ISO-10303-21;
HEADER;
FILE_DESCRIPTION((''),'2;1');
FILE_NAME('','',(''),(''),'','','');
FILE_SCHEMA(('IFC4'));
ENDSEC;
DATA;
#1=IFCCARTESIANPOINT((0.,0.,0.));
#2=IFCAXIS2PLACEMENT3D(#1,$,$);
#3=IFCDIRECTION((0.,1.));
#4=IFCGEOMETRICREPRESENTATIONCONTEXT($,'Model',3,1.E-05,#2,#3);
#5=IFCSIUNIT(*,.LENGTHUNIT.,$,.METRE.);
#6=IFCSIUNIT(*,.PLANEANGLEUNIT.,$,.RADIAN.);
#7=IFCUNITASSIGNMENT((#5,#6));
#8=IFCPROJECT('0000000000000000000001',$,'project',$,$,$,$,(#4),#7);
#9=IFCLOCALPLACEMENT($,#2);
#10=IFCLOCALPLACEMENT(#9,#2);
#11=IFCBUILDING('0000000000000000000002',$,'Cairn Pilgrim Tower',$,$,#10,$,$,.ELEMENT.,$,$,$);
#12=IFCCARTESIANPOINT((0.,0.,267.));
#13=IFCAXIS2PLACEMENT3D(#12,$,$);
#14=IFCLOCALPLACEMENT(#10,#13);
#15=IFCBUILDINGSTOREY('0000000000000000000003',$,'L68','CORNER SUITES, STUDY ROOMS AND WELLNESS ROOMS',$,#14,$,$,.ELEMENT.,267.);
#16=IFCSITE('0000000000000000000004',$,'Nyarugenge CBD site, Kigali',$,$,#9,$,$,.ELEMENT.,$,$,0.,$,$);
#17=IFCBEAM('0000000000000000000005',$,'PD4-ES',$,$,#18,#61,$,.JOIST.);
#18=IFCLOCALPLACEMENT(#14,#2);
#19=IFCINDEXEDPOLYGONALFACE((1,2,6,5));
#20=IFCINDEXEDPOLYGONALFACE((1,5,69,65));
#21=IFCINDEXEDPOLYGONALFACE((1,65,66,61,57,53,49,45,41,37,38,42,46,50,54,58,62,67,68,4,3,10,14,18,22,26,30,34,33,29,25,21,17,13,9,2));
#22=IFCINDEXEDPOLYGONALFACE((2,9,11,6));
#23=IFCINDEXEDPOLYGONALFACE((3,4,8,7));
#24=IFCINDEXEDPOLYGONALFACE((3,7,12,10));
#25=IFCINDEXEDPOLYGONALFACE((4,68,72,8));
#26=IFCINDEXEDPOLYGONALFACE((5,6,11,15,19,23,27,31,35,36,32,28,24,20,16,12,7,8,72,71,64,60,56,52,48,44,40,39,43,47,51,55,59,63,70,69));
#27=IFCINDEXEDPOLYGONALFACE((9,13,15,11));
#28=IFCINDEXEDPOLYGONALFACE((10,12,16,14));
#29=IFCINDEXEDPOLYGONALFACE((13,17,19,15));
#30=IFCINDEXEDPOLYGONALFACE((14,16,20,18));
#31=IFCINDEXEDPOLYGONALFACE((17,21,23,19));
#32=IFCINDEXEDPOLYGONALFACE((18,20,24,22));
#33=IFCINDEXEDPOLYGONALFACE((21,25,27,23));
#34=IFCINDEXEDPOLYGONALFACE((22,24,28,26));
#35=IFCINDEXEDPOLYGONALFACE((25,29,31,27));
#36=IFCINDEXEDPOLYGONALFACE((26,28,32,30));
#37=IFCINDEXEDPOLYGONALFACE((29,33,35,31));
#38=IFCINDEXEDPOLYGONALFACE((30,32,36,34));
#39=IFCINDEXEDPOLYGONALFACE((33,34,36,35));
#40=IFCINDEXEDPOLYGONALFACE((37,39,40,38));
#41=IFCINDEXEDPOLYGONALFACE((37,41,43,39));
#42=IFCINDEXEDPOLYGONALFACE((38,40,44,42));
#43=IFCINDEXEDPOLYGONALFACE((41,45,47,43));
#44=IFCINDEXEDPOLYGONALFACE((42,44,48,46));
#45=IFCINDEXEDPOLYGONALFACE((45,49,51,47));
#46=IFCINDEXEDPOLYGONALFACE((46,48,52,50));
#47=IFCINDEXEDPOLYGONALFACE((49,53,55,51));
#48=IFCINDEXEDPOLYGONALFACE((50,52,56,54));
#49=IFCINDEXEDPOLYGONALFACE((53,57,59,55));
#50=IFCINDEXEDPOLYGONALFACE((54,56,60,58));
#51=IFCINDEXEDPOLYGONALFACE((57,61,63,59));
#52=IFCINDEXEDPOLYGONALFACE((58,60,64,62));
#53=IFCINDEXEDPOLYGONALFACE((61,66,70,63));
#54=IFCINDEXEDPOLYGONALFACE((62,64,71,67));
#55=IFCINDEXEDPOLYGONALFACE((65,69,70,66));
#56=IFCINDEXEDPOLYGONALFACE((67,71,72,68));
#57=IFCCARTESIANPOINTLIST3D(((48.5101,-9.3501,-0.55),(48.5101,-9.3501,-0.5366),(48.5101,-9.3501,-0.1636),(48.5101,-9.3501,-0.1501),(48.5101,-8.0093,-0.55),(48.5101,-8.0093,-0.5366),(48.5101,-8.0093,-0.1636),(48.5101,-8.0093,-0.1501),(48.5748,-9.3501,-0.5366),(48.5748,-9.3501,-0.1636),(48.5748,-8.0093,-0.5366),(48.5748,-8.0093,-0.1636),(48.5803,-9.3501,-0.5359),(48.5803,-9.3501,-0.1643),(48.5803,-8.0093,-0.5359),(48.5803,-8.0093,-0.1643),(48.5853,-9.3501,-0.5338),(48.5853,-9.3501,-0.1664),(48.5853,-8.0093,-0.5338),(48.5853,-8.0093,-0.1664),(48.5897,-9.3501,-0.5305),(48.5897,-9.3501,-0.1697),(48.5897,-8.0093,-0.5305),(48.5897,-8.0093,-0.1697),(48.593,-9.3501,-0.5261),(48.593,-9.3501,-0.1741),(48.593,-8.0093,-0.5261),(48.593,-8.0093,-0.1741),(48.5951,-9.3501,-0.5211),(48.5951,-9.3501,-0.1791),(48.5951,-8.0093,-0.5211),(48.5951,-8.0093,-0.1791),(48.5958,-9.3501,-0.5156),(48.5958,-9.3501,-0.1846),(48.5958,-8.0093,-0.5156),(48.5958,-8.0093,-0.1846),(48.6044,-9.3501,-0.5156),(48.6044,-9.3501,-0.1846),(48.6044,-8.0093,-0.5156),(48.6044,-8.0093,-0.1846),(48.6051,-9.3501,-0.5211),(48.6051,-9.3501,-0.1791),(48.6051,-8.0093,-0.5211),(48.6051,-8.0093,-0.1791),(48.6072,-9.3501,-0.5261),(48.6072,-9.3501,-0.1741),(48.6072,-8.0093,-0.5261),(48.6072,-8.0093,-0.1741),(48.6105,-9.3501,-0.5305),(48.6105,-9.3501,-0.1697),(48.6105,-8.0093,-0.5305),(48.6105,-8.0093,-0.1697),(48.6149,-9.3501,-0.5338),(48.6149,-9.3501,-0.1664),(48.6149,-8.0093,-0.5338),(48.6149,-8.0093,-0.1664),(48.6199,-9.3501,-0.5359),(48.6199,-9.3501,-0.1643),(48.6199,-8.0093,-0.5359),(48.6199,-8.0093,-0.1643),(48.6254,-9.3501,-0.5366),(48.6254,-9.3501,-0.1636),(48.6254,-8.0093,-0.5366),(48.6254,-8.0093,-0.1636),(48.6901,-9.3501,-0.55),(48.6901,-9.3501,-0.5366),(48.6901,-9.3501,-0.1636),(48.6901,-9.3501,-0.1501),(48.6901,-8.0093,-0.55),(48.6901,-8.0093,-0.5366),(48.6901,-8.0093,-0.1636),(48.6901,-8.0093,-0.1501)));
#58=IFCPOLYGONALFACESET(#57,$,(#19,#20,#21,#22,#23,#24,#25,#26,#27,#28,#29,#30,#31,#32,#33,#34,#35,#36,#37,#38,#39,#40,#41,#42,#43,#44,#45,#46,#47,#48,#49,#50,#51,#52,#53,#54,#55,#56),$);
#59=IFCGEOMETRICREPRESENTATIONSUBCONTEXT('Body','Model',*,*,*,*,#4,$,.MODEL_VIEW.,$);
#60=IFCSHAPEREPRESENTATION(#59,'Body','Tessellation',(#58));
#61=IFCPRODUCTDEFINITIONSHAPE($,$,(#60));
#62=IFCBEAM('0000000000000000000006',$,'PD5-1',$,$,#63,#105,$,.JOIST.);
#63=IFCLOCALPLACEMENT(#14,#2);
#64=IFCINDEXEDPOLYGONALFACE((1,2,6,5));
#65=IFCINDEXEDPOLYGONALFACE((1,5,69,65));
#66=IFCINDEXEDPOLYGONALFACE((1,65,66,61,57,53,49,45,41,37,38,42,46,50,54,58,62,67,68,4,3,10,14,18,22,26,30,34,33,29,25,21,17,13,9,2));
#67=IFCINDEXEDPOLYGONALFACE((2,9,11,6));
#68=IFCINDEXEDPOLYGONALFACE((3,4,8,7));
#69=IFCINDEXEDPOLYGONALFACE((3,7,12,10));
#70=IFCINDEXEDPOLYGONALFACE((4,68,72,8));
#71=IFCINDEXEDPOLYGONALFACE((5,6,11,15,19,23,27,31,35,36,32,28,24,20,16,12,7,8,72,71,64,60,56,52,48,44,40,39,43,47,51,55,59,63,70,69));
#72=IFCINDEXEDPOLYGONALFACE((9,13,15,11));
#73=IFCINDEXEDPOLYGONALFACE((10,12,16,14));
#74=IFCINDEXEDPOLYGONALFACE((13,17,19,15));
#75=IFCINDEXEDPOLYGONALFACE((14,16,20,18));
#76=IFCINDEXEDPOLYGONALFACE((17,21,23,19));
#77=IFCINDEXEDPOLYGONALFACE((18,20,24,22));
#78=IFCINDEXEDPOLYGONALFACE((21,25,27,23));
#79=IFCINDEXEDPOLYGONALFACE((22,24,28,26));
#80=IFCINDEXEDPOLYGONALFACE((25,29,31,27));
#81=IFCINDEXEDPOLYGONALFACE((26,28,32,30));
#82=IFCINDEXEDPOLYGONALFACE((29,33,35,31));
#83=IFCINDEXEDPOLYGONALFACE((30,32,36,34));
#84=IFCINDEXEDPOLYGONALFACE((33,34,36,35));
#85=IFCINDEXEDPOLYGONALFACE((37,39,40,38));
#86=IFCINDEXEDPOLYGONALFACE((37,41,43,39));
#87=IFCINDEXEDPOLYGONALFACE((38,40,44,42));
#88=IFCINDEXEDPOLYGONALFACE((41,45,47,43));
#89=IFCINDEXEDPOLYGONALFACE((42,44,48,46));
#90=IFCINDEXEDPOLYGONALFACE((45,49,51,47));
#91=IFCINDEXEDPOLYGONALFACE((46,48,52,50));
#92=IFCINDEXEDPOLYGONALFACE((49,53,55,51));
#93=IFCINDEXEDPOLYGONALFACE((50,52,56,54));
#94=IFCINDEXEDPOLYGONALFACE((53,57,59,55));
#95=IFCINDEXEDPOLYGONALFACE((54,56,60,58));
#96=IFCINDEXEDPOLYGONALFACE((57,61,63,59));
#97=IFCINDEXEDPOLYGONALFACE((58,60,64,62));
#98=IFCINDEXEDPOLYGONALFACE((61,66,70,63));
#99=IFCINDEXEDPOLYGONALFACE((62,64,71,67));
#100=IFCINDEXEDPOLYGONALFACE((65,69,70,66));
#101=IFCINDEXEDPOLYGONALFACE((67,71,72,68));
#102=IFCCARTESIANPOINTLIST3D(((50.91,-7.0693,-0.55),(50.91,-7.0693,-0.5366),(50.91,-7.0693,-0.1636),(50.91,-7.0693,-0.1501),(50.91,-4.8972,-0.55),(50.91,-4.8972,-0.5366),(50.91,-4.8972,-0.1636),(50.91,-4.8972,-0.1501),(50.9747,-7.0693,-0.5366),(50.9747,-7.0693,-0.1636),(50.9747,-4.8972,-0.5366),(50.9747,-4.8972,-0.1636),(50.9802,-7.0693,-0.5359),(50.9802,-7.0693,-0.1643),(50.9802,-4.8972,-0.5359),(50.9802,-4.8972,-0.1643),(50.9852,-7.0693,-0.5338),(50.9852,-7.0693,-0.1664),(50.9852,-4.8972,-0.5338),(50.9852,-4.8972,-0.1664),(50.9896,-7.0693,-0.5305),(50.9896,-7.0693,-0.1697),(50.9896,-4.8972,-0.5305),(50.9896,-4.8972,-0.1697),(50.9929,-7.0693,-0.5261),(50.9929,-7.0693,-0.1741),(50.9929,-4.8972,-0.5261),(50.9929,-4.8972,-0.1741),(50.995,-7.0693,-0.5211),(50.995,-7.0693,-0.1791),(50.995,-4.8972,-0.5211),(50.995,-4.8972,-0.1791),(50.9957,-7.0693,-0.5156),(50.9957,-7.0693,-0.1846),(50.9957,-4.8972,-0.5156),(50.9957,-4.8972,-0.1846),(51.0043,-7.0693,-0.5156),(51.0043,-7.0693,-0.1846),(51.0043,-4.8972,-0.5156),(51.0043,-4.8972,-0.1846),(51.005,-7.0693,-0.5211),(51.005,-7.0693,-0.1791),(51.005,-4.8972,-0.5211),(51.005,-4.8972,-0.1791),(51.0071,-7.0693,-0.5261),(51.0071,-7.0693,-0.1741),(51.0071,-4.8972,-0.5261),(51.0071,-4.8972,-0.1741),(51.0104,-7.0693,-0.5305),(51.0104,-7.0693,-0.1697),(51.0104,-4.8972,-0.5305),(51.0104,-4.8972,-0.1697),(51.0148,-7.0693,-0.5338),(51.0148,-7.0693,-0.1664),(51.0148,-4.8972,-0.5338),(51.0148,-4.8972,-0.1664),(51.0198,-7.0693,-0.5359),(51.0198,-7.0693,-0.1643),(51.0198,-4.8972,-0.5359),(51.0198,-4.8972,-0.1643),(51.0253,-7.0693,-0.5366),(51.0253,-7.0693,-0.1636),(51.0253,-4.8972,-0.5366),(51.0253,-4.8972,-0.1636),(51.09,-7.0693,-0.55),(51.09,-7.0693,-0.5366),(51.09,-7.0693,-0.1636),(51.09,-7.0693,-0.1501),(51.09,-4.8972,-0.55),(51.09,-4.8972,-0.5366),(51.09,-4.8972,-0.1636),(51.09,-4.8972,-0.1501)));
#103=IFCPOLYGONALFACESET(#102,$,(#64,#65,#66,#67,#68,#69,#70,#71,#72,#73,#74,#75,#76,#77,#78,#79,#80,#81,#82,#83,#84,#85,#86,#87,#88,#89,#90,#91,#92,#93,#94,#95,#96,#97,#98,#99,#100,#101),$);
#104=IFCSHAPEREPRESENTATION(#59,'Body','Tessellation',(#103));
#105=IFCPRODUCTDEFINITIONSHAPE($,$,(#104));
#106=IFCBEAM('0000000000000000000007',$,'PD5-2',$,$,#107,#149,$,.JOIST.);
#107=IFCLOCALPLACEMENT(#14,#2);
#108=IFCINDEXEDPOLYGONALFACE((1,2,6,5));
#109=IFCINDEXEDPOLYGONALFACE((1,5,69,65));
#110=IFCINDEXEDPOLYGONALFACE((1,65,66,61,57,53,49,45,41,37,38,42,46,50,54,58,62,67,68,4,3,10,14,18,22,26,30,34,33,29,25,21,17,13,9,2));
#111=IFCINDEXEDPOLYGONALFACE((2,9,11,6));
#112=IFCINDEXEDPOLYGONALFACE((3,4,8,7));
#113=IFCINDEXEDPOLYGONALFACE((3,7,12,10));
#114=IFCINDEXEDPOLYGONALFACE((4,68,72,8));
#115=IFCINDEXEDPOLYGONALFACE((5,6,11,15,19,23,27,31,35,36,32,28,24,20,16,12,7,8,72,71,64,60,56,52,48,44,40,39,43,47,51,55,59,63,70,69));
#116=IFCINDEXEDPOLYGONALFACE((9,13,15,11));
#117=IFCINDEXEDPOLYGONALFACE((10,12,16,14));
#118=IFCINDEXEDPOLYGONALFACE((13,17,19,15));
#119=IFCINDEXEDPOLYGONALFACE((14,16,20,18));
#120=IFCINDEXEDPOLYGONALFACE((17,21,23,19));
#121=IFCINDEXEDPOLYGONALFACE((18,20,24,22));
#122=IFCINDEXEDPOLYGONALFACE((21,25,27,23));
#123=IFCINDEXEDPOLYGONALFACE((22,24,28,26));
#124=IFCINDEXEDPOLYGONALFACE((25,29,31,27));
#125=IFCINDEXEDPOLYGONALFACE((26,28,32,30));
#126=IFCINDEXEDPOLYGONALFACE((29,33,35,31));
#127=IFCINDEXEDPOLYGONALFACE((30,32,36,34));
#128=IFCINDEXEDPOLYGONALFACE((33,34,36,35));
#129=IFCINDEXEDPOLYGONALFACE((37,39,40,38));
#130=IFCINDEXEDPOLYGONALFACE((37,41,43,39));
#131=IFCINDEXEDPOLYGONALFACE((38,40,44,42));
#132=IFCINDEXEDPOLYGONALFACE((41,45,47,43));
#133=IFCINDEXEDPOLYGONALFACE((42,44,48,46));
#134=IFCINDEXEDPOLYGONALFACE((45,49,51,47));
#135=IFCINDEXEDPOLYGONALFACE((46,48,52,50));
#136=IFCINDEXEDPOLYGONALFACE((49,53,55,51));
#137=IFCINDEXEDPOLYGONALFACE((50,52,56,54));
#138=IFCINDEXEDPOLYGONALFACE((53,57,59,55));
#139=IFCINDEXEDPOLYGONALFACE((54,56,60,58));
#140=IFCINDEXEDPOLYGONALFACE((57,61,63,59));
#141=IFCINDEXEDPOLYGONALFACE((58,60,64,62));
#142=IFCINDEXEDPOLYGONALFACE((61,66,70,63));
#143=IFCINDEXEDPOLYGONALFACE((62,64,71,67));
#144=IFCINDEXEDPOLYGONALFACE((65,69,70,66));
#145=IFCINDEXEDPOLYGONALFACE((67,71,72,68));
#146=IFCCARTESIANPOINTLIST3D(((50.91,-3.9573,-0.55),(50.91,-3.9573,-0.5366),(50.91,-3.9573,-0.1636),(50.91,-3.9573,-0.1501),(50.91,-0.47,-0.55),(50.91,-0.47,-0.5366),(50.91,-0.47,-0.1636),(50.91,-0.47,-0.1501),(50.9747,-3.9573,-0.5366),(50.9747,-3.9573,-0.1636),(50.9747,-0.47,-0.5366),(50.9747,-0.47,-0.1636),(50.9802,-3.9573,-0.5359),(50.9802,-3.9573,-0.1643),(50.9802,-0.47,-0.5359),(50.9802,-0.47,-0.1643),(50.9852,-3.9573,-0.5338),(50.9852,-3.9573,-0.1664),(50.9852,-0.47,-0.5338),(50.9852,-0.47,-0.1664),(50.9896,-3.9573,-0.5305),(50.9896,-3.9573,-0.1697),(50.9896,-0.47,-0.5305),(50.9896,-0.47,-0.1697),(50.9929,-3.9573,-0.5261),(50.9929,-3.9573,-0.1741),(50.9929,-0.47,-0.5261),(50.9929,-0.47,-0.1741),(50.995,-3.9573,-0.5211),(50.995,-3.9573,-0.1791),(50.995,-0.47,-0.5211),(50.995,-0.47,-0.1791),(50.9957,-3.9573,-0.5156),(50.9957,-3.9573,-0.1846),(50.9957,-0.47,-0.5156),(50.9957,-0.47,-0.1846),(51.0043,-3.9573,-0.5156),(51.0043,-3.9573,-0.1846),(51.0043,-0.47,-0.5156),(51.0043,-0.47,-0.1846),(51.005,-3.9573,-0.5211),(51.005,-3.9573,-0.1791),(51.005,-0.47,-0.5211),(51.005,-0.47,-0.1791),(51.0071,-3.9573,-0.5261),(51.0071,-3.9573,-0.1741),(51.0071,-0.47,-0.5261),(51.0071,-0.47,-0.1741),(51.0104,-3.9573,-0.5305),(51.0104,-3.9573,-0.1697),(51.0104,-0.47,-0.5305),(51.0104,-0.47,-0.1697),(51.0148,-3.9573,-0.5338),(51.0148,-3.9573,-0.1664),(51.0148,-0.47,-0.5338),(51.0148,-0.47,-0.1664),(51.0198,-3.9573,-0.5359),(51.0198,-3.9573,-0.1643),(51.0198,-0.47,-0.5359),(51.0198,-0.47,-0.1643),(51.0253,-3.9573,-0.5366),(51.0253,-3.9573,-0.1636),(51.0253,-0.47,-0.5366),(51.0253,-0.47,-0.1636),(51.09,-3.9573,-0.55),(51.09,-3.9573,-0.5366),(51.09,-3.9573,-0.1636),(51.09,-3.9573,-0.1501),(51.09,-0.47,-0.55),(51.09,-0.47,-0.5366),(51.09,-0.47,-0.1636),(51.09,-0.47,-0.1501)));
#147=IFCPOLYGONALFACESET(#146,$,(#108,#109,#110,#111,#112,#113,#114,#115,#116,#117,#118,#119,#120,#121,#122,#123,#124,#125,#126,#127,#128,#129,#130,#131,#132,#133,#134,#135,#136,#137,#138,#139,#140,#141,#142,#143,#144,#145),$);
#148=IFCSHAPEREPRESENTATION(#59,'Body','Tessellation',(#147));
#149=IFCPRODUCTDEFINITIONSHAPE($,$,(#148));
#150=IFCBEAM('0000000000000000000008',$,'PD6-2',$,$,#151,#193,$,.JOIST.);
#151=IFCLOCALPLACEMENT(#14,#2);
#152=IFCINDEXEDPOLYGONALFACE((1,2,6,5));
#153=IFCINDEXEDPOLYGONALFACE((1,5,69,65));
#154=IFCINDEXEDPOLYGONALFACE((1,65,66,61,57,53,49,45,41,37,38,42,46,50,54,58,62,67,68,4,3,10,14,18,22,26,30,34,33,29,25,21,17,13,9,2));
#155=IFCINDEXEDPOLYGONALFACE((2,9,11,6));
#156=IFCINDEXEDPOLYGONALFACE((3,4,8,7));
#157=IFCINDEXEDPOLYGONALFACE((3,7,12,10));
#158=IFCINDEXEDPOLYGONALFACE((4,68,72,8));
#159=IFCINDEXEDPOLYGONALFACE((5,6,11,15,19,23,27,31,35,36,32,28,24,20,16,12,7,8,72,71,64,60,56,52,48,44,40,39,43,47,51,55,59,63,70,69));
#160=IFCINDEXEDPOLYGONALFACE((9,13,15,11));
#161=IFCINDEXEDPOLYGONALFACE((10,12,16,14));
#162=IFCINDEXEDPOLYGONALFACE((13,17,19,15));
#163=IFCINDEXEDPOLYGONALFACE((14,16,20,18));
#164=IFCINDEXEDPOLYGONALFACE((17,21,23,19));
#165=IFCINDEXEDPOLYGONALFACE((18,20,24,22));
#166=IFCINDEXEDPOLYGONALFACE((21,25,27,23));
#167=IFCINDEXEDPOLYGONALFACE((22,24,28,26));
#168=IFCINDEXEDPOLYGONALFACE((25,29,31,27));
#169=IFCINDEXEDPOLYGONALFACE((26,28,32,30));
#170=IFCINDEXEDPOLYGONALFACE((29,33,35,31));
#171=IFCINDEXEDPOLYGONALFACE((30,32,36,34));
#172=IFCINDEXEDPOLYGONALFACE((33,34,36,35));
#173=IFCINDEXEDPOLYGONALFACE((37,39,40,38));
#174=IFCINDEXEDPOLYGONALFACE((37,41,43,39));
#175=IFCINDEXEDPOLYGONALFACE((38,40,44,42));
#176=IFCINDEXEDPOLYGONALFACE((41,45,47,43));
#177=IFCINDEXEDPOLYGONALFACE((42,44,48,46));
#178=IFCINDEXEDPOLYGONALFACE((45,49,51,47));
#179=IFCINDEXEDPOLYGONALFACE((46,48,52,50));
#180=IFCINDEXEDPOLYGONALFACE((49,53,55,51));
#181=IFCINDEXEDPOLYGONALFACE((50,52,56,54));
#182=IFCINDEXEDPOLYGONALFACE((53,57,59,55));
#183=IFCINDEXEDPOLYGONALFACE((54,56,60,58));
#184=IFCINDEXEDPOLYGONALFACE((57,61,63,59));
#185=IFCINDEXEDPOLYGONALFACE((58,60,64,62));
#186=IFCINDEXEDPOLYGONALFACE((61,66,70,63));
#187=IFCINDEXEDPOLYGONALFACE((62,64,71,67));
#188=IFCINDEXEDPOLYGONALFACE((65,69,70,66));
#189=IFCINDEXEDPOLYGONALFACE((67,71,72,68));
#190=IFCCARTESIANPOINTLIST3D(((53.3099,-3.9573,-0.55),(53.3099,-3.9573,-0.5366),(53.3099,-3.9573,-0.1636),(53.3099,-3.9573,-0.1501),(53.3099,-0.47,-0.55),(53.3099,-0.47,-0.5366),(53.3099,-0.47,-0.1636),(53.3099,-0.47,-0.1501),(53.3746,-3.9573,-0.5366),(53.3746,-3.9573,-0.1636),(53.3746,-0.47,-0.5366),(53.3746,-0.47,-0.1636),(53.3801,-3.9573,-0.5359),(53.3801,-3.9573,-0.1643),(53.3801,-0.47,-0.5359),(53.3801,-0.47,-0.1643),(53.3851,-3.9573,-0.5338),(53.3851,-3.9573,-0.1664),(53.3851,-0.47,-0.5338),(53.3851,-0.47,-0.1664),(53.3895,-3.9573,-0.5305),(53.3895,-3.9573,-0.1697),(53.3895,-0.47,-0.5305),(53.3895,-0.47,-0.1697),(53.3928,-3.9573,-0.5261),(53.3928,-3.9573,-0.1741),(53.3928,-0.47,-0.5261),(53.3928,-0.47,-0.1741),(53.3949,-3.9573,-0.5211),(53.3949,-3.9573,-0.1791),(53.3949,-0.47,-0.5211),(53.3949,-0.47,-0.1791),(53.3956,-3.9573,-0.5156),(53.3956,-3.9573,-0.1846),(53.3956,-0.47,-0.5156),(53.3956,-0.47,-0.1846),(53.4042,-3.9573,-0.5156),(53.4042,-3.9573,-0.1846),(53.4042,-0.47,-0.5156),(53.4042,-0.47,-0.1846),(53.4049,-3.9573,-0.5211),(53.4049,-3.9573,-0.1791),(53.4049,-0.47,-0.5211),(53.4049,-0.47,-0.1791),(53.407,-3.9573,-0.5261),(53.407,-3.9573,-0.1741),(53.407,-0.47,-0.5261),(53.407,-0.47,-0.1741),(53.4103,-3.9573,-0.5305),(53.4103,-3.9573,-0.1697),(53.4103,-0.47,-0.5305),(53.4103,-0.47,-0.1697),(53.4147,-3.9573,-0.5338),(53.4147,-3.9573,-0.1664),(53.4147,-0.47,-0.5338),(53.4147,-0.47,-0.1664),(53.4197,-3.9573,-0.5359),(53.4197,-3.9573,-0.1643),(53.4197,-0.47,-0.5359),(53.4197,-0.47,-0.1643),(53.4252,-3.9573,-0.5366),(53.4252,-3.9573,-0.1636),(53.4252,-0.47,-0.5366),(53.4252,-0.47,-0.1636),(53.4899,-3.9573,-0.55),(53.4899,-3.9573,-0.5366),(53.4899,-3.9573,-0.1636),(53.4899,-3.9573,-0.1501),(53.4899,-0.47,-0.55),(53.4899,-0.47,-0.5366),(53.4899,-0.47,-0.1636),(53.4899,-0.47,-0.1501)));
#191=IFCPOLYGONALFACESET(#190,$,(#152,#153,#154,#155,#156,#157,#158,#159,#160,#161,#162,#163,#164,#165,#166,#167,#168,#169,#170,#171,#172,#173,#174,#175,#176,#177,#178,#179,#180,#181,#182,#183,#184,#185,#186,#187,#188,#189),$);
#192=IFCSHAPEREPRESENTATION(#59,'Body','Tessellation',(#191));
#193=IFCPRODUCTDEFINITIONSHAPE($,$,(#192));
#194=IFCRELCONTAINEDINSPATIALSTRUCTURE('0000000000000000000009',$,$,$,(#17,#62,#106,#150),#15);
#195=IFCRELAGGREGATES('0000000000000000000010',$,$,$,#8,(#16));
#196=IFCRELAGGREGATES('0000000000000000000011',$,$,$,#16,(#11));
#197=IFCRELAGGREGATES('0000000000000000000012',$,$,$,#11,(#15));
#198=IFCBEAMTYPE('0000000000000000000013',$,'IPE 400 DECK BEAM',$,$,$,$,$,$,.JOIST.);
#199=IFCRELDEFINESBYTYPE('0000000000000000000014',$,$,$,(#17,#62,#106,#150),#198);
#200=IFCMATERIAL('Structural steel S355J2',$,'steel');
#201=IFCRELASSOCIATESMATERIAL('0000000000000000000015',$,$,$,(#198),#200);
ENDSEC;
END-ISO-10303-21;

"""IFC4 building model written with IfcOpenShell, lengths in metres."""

from ifc_helpers import new_model, si_unit, direction, frame, origin, origin_2d, place, context, subcontext, project, spatial, i_section, extrude, material, material_profile, profile_set, type_object, element, save


model = new_model("IFC4")

# Units and contexts
model_context = context("Model", 3, precision=1e-05, world=origin(), true_north=direction((0.0, 1.0)))
body_context = subcontext(model_context, "Body", "Model", "MODEL_VIEW")
ifc_project = project(units=[si_unit("LENGTHUNIT", "METRE"), si_unit("PLANEANGLEUNIT", "RADIAN")], contexts=[model_context])

# Site, building, storey
site_placement = place(None, origin())
site = spatial("IfcSite", under=ifc_project, at=site_placement, Name="Nyarugenge CBD site, Kigali", CompositionType="ELEMENT", RefElevation=0.0)
building_placement = place(site_placement, origin())
building = spatial("IfcBuilding", under=site, at=building_placement, Name="Cairn Pilgrim Tower", CompositionType="ELEMENT")
storey_placement = place(building_placement, frame((0.0, 0.0, 267.0)))
storey = spatial("IfcBuildingStorey", under=building, at=storey_placement, Name="L68", Description="CORNER SUITES, STUDY ROOMS AND WELLNESS ROOMS", CompositionType="ELEMENT", Elevation=267.0)

# Beams
ifc_material_1 = material(Name="Structural steel S355J2", Category="steel")
ifc_material_profile_1 = material_profile(ifc_material_1, i_section(OverallWidth=0.1799, OverallDepth=0.3999, WebThickness=0.0085, FlangeThickness=0.0134, FilletRadius=0.021, at=origin_2d()), Name="IPE 400")
ifc_profile_set_1 = profile_set([ifc_material_profile_1], Name="Structural steel S355J2")
beam_type = type_object("IfcBeamType", Name="IPE 400 DECK BEAM", PredefinedType="JOIST", material=ifc_profile_set_1)
beam_1_placement = place(storey_placement, frame((48.6001, -8.0093, -0.3501), z_axis=(0.0, -1.0, 0.0), x_axis=(1.0, 0.0, 0.0)))
element("IfcBeam", 1, at=beam_1_placement, inside=storey, type_object=beam_type, Name="PD4-ES", PredefinedType="JOIST", context=body_context, shape_type="SweptSolid", body=[
    extrude(i_section(OverallWidth=0.1799, OverallDepth=0.3999, WebThickness=0.0085, FlangeThickness=0.0134, FilletRadius=0.021, at=origin_2d()), origin(), (0.0, 0.0, 1.0), 1.3408),
])
beam_2_placement = place(storey_placement, frame((51.0, -7.0693, -0.3501), z_axis=(0.0, 1.0, 0.0), x_axis=(-1.0, 0.0, 0.0)))
element("IfcBeam", 2, at=beam_2_placement, inside=storey, type_object=beam_type, Name="PD5-1", PredefinedType="JOIST", context=body_context, shape_type="SweptSolid", body=[
    extrude(i_section(OverallWidth=0.1799, OverallDepth=0.3999, WebThickness=0.0085, FlangeThickness=0.0134, FilletRadius=0.021, at=origin_2d()), origin(), (0.0, 0.0, 1.0), 2.1721),
])
for number, where, z_axis, x_axis, name in (
    (3, (51.0, -3.9573, -0.3501), (0.0, 1.0, 0.0), (-1.0, 0.0, 0.0), "PD5-2"),
    (4, (53.3999, -3.9573, -0.3501), (0.0, 1.0, 0.0), (-1.0, 0.0, 0.0), "PD6-2"),
):
    element("IfcBeam", number, at=place(storey_placement, frame(where, z_axis=z_axis, x_axis=x_axis)), inside=storey, type_object=beam_type, Name=name, PredefinedType="JOIST", context=body_context, shape_type="SweptSolid", body=[
        extrude(i_section(OverallWidth=0.1799, OverallDepth=0.3999, WebThickness=0.0085, FlangeThickness=0.0134, FilletRadius=0.021, at=origin_2d()), origin(), (0.0, 0.0, 1.0), 3.4873),
    ])

save(model, "model.ifc")
